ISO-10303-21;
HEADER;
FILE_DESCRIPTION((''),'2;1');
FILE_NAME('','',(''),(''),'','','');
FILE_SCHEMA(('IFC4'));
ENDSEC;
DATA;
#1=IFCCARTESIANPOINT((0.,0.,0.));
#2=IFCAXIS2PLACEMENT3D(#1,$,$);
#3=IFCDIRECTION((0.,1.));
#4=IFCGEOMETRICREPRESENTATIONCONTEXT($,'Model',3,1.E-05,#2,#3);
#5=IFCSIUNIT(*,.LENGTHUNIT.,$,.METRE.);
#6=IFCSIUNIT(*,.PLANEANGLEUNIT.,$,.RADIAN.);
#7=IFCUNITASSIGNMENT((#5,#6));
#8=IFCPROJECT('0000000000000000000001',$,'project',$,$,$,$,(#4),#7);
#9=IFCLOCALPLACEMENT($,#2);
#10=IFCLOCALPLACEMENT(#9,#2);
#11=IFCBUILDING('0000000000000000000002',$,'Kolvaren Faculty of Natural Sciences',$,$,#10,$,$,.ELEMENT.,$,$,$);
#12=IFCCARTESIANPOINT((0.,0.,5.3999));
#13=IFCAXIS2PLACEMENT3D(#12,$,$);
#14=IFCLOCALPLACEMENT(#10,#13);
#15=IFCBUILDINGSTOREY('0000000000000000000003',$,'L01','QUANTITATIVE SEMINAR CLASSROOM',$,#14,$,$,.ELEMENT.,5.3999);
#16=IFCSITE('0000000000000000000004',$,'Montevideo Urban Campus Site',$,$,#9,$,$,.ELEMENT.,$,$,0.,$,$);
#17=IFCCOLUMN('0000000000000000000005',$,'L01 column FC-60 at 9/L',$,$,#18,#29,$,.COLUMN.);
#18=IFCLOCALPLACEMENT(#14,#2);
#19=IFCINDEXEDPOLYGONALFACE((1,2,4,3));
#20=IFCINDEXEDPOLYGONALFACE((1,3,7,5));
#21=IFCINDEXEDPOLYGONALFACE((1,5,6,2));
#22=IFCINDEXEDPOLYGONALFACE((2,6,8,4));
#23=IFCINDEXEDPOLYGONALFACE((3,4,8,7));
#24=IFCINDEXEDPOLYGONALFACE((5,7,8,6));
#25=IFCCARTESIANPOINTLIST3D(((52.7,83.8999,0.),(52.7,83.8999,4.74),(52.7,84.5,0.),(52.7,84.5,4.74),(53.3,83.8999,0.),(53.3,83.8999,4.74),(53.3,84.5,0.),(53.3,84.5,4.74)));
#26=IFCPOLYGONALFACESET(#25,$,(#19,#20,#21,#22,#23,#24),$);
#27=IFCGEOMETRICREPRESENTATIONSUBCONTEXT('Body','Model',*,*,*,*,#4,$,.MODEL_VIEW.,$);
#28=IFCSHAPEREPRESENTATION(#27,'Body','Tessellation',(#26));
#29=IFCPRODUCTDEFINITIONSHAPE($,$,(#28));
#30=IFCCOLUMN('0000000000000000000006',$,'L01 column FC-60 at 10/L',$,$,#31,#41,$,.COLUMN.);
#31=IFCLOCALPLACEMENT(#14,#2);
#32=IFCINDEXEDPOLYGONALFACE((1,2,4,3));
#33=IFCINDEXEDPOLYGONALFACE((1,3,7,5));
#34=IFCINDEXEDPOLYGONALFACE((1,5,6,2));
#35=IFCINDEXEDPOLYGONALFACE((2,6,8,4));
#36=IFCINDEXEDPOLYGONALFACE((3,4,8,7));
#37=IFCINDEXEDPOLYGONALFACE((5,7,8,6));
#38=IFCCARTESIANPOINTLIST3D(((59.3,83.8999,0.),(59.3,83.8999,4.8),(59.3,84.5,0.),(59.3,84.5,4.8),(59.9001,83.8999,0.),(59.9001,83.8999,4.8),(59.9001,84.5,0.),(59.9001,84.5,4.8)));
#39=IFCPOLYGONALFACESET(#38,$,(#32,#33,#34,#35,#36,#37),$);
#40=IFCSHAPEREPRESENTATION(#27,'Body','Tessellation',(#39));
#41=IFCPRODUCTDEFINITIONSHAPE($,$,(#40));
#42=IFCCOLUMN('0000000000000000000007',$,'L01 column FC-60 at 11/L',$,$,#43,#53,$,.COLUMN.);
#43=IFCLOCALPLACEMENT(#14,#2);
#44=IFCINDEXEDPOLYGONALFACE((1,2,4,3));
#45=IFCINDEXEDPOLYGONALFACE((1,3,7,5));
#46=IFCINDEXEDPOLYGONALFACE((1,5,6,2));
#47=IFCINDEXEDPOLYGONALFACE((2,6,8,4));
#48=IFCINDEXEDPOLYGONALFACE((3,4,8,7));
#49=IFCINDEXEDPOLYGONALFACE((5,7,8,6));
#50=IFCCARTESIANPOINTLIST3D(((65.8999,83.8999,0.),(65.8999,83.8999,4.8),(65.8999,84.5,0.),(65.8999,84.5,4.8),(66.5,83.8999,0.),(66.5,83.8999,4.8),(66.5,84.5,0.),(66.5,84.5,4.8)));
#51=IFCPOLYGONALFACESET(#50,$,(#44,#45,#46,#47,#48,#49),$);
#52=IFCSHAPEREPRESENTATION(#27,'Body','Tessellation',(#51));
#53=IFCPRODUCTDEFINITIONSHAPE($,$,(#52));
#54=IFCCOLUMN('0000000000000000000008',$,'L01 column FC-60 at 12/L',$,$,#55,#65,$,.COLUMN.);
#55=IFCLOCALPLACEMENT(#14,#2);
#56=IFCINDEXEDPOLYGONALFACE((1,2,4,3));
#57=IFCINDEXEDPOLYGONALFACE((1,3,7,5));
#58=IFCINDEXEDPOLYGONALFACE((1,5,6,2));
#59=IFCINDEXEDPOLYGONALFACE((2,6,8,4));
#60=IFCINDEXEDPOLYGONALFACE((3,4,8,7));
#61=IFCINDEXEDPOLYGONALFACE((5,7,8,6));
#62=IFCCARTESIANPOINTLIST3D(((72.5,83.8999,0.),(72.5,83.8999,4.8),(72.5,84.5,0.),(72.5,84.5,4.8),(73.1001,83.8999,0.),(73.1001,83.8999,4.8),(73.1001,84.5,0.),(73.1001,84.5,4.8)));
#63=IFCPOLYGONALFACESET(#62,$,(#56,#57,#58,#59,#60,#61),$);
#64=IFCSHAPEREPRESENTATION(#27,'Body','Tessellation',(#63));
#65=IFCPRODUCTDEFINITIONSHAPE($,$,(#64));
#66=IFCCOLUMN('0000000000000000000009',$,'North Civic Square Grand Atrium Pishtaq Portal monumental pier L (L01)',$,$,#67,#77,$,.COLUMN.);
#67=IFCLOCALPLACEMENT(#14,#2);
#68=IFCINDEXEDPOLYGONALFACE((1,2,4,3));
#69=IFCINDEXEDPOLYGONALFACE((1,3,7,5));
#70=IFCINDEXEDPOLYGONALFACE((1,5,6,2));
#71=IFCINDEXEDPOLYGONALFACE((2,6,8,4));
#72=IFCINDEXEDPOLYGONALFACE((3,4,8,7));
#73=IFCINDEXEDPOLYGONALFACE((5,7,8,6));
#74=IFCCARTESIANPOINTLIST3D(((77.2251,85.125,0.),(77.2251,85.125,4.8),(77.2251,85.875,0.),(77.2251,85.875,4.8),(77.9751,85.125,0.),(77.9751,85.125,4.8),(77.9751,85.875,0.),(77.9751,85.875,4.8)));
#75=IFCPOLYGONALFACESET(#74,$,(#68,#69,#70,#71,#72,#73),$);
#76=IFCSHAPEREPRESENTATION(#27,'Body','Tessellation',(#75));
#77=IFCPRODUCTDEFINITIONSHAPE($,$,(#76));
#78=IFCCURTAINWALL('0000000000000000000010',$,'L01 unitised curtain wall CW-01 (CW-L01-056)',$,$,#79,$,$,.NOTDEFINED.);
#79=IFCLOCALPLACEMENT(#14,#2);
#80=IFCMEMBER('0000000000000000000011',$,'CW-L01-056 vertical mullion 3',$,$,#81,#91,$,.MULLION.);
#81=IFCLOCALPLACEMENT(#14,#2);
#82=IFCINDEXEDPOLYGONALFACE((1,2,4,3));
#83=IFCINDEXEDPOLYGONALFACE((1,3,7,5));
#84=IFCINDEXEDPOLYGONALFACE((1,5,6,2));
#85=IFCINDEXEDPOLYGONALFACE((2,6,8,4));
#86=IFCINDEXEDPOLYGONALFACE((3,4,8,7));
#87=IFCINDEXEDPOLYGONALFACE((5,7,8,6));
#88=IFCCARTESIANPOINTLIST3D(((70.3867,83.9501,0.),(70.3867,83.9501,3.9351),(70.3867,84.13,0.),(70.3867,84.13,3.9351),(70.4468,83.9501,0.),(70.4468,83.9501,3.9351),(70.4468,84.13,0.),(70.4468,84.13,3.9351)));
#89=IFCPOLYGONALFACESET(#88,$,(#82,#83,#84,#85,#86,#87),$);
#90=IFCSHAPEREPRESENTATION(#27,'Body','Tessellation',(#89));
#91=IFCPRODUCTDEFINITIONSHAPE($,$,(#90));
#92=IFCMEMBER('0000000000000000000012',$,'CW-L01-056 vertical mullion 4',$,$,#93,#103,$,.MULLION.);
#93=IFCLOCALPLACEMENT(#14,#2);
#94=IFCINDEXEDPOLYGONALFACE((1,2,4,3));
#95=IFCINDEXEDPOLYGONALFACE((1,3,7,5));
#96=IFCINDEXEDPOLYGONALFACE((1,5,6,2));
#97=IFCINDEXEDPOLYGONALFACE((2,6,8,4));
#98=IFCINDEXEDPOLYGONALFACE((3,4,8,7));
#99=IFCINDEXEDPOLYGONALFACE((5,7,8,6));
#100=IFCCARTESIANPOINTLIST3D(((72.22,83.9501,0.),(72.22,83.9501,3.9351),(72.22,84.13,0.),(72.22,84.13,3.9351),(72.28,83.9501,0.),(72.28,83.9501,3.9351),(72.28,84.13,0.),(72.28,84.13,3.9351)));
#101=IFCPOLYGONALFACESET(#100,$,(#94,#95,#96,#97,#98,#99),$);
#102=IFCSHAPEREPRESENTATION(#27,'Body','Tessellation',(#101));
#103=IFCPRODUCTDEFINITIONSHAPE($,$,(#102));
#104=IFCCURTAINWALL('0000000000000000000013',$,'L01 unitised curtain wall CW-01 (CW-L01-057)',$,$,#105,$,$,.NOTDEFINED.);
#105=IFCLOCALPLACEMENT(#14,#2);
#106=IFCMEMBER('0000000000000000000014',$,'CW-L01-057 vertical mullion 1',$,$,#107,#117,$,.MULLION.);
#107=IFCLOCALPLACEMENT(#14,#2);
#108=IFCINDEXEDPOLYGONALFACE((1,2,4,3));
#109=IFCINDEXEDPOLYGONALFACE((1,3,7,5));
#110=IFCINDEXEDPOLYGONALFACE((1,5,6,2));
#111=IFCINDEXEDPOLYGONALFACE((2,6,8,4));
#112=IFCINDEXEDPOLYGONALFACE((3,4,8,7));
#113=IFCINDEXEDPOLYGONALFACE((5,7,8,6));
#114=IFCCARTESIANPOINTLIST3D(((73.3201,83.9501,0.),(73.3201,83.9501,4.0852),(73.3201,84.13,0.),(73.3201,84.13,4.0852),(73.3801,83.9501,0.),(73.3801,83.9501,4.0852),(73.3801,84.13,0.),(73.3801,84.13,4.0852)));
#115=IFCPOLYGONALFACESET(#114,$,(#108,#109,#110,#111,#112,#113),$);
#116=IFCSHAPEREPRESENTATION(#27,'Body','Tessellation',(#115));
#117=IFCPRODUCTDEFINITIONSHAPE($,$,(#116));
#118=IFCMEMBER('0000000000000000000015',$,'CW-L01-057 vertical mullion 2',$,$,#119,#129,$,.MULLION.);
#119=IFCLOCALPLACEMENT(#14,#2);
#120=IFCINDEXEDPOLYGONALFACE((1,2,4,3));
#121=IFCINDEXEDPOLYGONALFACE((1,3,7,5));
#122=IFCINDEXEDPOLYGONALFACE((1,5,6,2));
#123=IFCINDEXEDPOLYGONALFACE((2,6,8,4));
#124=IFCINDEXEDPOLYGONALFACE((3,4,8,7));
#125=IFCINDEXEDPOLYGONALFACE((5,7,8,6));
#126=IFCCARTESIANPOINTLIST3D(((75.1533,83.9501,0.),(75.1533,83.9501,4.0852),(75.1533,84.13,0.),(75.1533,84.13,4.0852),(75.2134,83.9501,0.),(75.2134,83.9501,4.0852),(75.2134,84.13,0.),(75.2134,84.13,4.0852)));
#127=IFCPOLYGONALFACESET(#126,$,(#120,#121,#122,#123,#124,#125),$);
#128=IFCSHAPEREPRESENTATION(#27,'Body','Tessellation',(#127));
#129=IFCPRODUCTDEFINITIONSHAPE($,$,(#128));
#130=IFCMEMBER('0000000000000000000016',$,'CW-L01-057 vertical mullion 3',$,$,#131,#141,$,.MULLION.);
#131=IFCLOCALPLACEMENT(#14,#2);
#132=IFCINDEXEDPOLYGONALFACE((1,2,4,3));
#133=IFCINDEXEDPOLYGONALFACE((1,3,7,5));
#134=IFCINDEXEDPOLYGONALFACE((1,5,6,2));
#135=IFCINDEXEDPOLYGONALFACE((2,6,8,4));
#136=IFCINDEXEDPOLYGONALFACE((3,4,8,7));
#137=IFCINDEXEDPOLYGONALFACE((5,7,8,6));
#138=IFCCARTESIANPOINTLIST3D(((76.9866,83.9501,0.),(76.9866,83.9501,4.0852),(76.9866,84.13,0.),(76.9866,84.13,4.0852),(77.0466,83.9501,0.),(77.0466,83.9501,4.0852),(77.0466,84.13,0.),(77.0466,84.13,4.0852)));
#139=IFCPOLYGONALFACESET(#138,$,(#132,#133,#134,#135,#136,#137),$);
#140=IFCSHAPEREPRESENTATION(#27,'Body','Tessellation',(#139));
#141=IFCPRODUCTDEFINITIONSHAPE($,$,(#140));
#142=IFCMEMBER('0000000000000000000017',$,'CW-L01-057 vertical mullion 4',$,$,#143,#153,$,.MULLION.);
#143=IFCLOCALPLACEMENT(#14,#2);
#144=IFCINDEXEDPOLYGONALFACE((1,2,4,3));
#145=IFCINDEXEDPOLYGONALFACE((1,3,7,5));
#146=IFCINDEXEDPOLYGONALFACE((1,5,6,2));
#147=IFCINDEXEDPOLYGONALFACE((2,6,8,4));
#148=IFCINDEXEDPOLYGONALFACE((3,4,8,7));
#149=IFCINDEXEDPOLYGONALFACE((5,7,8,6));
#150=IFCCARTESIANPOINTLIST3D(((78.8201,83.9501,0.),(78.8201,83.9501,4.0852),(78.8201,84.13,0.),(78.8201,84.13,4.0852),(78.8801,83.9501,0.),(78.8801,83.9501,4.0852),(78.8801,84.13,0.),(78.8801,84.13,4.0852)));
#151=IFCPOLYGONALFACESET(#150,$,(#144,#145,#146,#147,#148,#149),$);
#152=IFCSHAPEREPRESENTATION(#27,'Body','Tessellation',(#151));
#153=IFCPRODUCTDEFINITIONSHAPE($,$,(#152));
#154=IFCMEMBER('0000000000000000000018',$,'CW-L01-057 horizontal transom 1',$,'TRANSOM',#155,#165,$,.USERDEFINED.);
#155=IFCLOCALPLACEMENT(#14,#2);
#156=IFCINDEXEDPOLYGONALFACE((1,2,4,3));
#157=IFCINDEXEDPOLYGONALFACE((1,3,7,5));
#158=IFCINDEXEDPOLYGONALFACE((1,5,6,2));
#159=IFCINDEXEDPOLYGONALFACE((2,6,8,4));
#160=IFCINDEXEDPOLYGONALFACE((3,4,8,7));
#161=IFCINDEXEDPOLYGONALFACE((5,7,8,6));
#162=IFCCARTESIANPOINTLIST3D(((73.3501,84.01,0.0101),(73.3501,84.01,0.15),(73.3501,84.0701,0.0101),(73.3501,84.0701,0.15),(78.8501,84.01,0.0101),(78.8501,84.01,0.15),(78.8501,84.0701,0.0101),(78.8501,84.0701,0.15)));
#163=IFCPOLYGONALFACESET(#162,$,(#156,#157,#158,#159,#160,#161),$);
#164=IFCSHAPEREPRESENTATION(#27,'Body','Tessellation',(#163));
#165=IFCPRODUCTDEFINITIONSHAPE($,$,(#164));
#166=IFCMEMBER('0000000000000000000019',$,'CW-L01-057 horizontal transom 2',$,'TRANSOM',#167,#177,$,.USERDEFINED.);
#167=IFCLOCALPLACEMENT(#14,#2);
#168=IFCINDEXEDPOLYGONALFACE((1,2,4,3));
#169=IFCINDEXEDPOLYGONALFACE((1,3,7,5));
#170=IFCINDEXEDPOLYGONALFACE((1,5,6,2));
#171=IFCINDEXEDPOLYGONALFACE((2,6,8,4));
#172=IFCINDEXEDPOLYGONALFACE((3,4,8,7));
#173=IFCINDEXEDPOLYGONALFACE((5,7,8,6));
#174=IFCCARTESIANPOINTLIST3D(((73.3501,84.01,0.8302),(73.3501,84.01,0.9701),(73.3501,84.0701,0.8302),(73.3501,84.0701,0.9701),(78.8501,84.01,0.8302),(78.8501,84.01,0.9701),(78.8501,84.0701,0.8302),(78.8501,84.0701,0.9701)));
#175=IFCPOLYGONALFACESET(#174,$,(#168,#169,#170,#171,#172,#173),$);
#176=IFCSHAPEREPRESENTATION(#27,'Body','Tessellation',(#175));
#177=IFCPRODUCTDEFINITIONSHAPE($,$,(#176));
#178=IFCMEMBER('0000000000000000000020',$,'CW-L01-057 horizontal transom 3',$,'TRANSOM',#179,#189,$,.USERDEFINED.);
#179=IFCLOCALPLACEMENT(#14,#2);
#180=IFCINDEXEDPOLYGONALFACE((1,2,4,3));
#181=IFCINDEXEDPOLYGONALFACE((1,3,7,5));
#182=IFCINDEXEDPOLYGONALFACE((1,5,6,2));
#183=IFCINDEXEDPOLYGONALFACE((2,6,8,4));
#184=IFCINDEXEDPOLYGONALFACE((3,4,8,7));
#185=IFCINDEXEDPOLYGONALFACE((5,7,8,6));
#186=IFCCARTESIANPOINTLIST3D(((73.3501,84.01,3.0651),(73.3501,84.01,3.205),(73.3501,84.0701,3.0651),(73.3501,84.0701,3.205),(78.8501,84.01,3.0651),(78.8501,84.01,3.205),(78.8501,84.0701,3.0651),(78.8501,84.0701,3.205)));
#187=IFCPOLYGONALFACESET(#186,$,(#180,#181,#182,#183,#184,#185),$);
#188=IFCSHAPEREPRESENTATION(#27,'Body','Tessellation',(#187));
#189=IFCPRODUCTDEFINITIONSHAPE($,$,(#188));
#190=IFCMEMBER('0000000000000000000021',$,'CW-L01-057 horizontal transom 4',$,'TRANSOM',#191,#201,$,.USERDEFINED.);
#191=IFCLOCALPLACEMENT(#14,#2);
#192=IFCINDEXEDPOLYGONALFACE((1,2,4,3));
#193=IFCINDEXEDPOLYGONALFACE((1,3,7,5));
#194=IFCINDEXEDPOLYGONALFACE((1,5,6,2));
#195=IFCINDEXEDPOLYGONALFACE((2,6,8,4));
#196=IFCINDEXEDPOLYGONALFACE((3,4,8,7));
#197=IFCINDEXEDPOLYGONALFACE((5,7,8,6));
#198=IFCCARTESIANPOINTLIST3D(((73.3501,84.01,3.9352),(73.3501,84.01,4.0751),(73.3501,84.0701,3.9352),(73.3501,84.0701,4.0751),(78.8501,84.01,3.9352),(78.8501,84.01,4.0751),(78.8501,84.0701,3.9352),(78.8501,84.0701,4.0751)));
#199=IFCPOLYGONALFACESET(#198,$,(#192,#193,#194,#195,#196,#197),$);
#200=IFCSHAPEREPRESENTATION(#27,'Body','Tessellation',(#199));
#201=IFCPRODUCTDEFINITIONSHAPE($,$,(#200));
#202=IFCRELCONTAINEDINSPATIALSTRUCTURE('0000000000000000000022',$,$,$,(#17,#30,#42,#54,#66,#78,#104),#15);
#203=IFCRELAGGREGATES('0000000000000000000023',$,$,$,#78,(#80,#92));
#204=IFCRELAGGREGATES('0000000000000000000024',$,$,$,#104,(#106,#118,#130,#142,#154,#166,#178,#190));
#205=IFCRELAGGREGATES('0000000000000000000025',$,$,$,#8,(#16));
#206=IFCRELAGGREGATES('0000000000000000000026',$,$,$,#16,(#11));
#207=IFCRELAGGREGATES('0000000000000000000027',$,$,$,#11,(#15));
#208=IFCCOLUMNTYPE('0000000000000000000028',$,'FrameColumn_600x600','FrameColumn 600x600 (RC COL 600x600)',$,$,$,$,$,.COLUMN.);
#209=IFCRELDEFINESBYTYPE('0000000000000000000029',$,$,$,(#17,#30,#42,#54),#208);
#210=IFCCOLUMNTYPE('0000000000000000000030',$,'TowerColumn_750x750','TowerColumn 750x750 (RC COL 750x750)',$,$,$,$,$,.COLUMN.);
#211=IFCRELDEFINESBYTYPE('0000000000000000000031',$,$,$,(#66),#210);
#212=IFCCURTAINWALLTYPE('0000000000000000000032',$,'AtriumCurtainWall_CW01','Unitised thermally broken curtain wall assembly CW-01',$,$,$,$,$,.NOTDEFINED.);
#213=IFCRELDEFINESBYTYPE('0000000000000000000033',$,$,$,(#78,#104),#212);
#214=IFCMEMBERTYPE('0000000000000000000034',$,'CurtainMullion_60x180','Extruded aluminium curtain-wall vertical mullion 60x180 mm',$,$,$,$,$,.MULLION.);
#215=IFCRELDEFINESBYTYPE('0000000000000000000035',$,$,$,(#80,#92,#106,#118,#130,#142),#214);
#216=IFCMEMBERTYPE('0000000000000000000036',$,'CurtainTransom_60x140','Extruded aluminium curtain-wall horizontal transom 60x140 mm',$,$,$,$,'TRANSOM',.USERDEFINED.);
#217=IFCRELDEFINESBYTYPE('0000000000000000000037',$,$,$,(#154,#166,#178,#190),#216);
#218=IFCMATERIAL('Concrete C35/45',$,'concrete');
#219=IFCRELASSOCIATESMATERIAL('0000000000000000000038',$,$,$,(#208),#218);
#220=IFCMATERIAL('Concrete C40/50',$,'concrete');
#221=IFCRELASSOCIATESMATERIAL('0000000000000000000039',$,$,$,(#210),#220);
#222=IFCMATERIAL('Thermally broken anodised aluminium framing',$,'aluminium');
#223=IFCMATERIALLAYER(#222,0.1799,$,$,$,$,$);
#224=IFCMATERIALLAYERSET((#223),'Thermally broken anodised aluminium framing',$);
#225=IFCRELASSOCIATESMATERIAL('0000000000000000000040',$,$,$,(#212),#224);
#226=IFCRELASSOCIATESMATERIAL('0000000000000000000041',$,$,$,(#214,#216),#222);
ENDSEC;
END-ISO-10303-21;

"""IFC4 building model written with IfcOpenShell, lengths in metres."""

from ifc_helpers import new_model, si_unit, direction, frame, origin, origin_2d, place, context, subcontext, project, spatial, rectangle, extrude, material, layer, layer_set, material_profile, profile_set, type_object, element, aggregate, save


model = new_model("IFC4")

# Units and contexts
model_context = context("Model", 3, precision=1e-05, world=origin(), true_north=direction((0.0, 1.0)))
body_context = subcontext(model_context, "Body", "Model", "MODEL_VIEW")
ifc_project = project(units=[si_unit("LENGTHUNIT", "METRE"), si_unit("PLANEANGLEUNIT", "RADIAN")], contexts=[model_context])

# Site, building, storey
site_placement = place(None, origin())
site = spatial("IfcSite", under=ifc_project, at=site_placement, Name="Montevideo Urban Campus Site", CompositionType="ELEMENT", RefElevation=0.0)
building_placement = place(site_placement, origin())
building = spatial("IfcBuilding", under=site, at=building_placement, Name="Kolvaren Faculty of Natural Sciences", CompositionType="ELEMENT")
storey_placement = place(building_placement, frame((0.0, 0.0, 5.3999)))
storey = spatial("IfcBuildingStorey", under=building, at=storey_placement, Name="L01", Description="QUANTITATIVE SEMINAR CLASSROOM", CompositionType="ELEMENT", Elevation=5.3999)

# Columns
ifc_material_1 = material(Name="Concrete C35/45", Category="concrete")
ifc_material_profile_1 = material_profile(ifc_material_1, rectangle(XDim=0.6001, YDim=0.6001, at=origin_2d()), Name="RC COL 600x600")
ifc_profile_set_1 = profile_set([ifc_material_profile_1], Name="Concrete C35/45")
column_type_1 = type_object("IfcColumnType", Name="FrameColumn_600x600", Description="FrameColumn 600x600 (RC COL 600x600)", PredefinedType="COLUMN", material=ifc_profile_set_1)
column_1_placement = place(storey_placement, frame((53.0, 84.2, 0.0), z_axis=(0.0, 0.0, 1.0), x_axis=(1.0, 0.0, 0.0)))
element("IfcColumn", 1, at=column_1_placement, inside=storey, type_object=column_type_1, Name="L01 column FC-60 at 9/L", PredefinedType="COLUMN", context=body_context, shape_type="SweptSolid", body=[
    extrude(rectangle(XDim=0.6001, YDim=0.6001, at=origin_2d()), origin(), (0.0, 0.0, 1.0), 4.74),
])
for number, where, z_axis, x_axis, name in (
    (2, (59.6001, 84.2, 0.0), (0.0, 0.0, 1.0), (1.0, 0.0, 0.0), "L01 column FC-60 at 10/L"),
    (3, (66.2, 84.2, 0.0), (0.0, 0.0, 1.0), (1.0, 0.0, 0.0), "L01 column FC-60 at 11/L"),
    (4, (72.8, 84.2, 0.0), (0.0, 0.0, 1.0), (1.0, 0.0, 0.0), "L01 column FC-60 at 12/L"),
):
    element("IfcColumn", number, at=place(storey_placement, frame(where, z_axis=z_axis, x_axis=x_axis)), inside=storey, type_object=column_type_1, Name=name, PredefinedType="COLUMN", context=body_context, shape_type="SweptSolid", body=[
        extrude(rectangle(XDim=0.6001, YDim=0.6001, at=origin_2d()), origin(), (0.0, 0.0, 1.0), 4.8),
    ])
ifc_material_2 = material(Name="Concrete C40/50", Category="concrete")
ifc_material_profile_2 = material_profile(ifc_material_2, rectangle(XDim=0.75, YDim=0.75, at=origin_2d()), Name="RC COL 750x750")
ifc_profile_set_2 = profile_set([ifc_material_profile_2], Name="Concrete C40/50")
column_type_2 = type_object("IfcColumnType", Name="TowerColumn_750x750", Description="TowerColumn 750x750 (RC COL 750x750)", PredefinedType="COLUMN", material=ifc_profile_set_2)
column_2_placement = place(storey_placement, frame((77.6001, 85.5, 0.0), z_axis=(0.0, 0.0, 1.0), x_axis=(1.0, 0.0, 0.0)))
element("IfcColumn", 5, at=column_2_placement, inside=storey, type_object=column_type_2, Name="North Civic Square Grand Atrium Pishtaq Portal monumental pier L (L01)", PredefinedType="COLUMN", context=body_context, shape_type="SweptSolid", body=[
    extrude(rectangle(XDim=0.75, YDim=0.75, at=origin_2d()), origin(), (0.0, 0.0, 1.0), 4.8),
])

# Curtain walls, members
ifc_material_3 = material(Name="Thermally broken anodised aluminium framing", Category="aluminium")
ifc_layer_1 = layer(ifc_material_3, 0.1799)
ifc_layer_set_1 = layer_set([ifc_layer_1], Name="Thermally broken anodised aluminium framing")
curtain_wall_type = type_object("IfcCurtainWallType", Name="AtriumCurtainWall_CW01", Description="Unitised thermally broken curtain wall assembly CW-01", PredefinedType="NOTDEFINED", material=ifc_layer_set_1)
curtain_wall_1_placement = place(storey_placement, origin())
curtain_wall_1 = element("IfcCurtainWall", 6, at=curtain_wall_1_placement, inside=storey, type_object=curtain_wall_type, Name="L01 unitised curtain wall CW-01 (CW-L01-056)", PredefinedType="NOTDEFINED")
ifc_material_profile_3 = material_profile(ifc_material_3, rectangle(XDim=0.0601, YDim=0.1799, at=origin_2d()), Name="ALU MUL 60x180")
ifc_profile_set_3 = profile_set([ifc_material_profile_3], Name="Thermally broken anodised aluminium framing")
member_type_1 = type_object("IfcMemberType", Name="CurtainMullion_60x180", Description="Extruded aluminium curtain-wall vertical mullion 60x180 mm", PredefinedType="MULLION", material=ifc_profile_set_3)
member_1_placement = place(storey_placement, frame((70.4167, 84.04, 0.0), z_axis=(0.0, 0.0, 1.0), x_axis=(1.0, 0.0, 0.0)))
member_1 = element("IfcMember", 7, at=member_1_placement, type_object=member_type_1, Name="CW-L01-056 vertical mullion 3", PredefinedType="MULLION", context=body_context, shape_type="SweptSolid", body=[
    extrude(rectangle(XDim=0.0601, YDim=0.1799, at=origin_2d()), origin(), (0.0, 0.0, 1.0), 3.9351),
])
member_2_placement = place(storey_placement, frame((72.25, 84.04, 0.0), z_axis=(0.0, 0.0, 1.0), x_axis=(1.0, 0.0, 0.0)))
member_2 = element("IfcMember", 8, at=member_2_placement, type_object=member_type_1, Name="CW-L01-056 vertical mullion 4", PredefinedType="MULLION", context=body_context, shape_type="SweptSolid", body=[
    extrude(rectangle(XDim=0.0601, YDim=0.1799, at=origin_2d()), origin(), (0.0, 0.0, 1.0), 3.9351),
])
curtain_wall_2_placement = place(storey_placement, origin())
curtain_wall_2 = element("IfcCurtainWall", 9, at=curtain_wall_2_placement, inside=storey, type_object=curtain_wall_type, Name="L01 unitised curtain wall CW-01 (CW-L01-057)", PredefinedType="NOTDEFINED")
member_3_placement = place(storey_placement, frame((73.3501, 84.04, 0.0), z_axis=(0.0, 0.0, 1.0), x_axis=(1.0, 0.0, 0.0)))
member_3 = element("IfcMember", 10, at=member_3_placement, type_object=member_type_1, Name="CW-L01-057 vertical mullion 1", PredefinedType="MULLION", context=body_context, shape_type="SweptSolid", body=[
    extrude(rectangle(XDim=0.0601, YDim=0.1799, at=origin_2d()), origin(), (0.0, 0.0, 1.0), 4.0852),
])
member_4_placement = place(storey_placement, frame((75.1833, 84.04, 0.0), z_axis=(0.0, 0.0, 1.0), x_axis=(1.0, 0.0, 0.0)))
member_4 = element("IfcMember", 11, at=member_4_placement, type_object=member_type_1, Name="CW-L01-057 vertical mullion 2", PredefinedType="MULLION", context=body_context, shape_type="SweptSolid", body=[
    extrude(rectangle(XDim=0.0601, YDim=0.1799, at=origin_2d()), origin(), (0.0, 0.0, 1.0), 4.0852),
])
member_5_placement = place(storey_placement, frame((77.0166, 84.04, 0.0), z_axis=(0.0, 0.0, 1.0), x_axis=(1.0, 0.0, 0.0)))
member_5 = element("IfcMember", 12, at=member_5_placement, type_object=member_type_1, Name="CW-L01-057 vertical mullion 3", PredefinedType="MULLION", context=body_context, shape_type="SweptSolid", body=[
    extrude(rectangle(XDim=0.0601, YDim=0.1799, at=origin_2d()), origin(), (0.0, 0.0, 1.0), 4.0852),
])
member_6_placement = place(storey_placement, frame((78.8501, 84.04, 0.0), z_axis=(0.0, 0.0, 1.0), x_axis=(1.0, 0.0, 0.0)))
member_6 = element("IfcMember", 13, at=member_6_placement, type_object=member_type_1, Name="CW-L01-057 vertical mullion 4", PredefinedType="MULLION", context=body_context, shape_type="SweptSolid", body=[
    extrude(rectangle(XDim=0.0601, YDim=0.1799, at=origin_2d()), origin(), (0.0, 0.0, 1.0), 4.0852),
])
ifc_material_profile_4 = material_profile(ifc_material_3, rectangle(XDim=0.0601, YDim=0.1399, at=origin_2d()), Name="ALU TRN 60x140")
ifc_profile_set_4 = profile_set([ifc_material_profile_4], Name="Thermally broken anodised aluminium framing")
member_type_2 = type_object("IfcMemberType", Name="CurtainTransom_60x140", Description="Extruded aluminium curtain-wall horizontal transom 60x140 mm", ElementType="TRANSOM", PredefinedType="USERDEFINED", material=ifc_profile_set_4)
member_7_placement = place(storey_placement, frame((73.3501, 84.04, 0.0801), z_axis=(1.0, 0.0, 0.0), x_axis=(0.0, 1.0, 0.0)))
member_7 = element("IfcMember", 14, at=member_7_placement, type_object=member_type_2, Name="CW-L01-057 horizontal transom 1", ObjectType="TRANSOM", PredefinedType="USERDEFINED", context=body_context, shape_type="SweptSolid", body=[
    extrude(rectangle(XDim=0.0601, YDim=0.1399, at=origin_2d()), origin(), (0.0, 0.0, 1.0), 5.5),
])
member_8_placement = place(storey_placement, frame((73.3501, 84.04, 0.9001), z_axis=(1.0, 0.0, 0.0), x_axis=(0.0, 1.0, 0.0)))
member_8 = element("IfcMember", 15, at=member_8_placement, type_object=member_type_2, Name="CW-L01-057 horizontal transom 2", ObjectType="TRANSOM", PredefinedType="USERDEFINED", context=body_context, shape_type="SweptSolid", body=[
    extrude(rectangle(XDim=0.0601, YDim=0.1399, at=origin_2d()), origin(), (0.0, 0.0, 1.0), 5.5),
])
member_9_placement = place(storey_placement, frame((73.3501, 84.04, 3.135), z_axis=(1.0, 0.0, 0.0), x_axis=(0.0, 1.0, 0.0)))
member_9 = element("IfcMember", 16, at=member_9_placement, type_object=member_type_2, Name="CW-L01-057 horizontal transom 3", ObjectType="TRANSOM", PredefinedType="USERDEFINED", context=body_context, shape_type="SweptSolid", body=[
    extrude(rectangle(XDim=0.0601, YDim=0.1399, at=origin_2d()), origin(), (0.0, 0.0, 1.0), 5.5),
])
member_10_placement = place(storey_placement, frame((73.3501, 84.04, 4.0051), z_axis=(1.0, 0.0, 0.0), x_axis=(0.0, 1.0, 0.0)))
member_10 = element("IfcMember", 17, at=member_10_placement, type_object=member_type_2, Name="CW-L01-057 horizontal transom 4", ObjectType="TRANSOM", PredefinedType="USERDEFINED", context=body_context, shape_type="SweptSolid", body=[
    extrude(rectangle(XDim=0.0601, YDim=0.1399, at=origin_2d()), origin(), (0.0, 0.0, 1.0), 5.5),
])

aggregate(curtain_wall_1, [member_1, member_2])
aggregate(curtain_wall_2, [member_3, member_4, member_5, member_6, member_7, member_8, member_9, member_10])

save(model, "model.ifc")
